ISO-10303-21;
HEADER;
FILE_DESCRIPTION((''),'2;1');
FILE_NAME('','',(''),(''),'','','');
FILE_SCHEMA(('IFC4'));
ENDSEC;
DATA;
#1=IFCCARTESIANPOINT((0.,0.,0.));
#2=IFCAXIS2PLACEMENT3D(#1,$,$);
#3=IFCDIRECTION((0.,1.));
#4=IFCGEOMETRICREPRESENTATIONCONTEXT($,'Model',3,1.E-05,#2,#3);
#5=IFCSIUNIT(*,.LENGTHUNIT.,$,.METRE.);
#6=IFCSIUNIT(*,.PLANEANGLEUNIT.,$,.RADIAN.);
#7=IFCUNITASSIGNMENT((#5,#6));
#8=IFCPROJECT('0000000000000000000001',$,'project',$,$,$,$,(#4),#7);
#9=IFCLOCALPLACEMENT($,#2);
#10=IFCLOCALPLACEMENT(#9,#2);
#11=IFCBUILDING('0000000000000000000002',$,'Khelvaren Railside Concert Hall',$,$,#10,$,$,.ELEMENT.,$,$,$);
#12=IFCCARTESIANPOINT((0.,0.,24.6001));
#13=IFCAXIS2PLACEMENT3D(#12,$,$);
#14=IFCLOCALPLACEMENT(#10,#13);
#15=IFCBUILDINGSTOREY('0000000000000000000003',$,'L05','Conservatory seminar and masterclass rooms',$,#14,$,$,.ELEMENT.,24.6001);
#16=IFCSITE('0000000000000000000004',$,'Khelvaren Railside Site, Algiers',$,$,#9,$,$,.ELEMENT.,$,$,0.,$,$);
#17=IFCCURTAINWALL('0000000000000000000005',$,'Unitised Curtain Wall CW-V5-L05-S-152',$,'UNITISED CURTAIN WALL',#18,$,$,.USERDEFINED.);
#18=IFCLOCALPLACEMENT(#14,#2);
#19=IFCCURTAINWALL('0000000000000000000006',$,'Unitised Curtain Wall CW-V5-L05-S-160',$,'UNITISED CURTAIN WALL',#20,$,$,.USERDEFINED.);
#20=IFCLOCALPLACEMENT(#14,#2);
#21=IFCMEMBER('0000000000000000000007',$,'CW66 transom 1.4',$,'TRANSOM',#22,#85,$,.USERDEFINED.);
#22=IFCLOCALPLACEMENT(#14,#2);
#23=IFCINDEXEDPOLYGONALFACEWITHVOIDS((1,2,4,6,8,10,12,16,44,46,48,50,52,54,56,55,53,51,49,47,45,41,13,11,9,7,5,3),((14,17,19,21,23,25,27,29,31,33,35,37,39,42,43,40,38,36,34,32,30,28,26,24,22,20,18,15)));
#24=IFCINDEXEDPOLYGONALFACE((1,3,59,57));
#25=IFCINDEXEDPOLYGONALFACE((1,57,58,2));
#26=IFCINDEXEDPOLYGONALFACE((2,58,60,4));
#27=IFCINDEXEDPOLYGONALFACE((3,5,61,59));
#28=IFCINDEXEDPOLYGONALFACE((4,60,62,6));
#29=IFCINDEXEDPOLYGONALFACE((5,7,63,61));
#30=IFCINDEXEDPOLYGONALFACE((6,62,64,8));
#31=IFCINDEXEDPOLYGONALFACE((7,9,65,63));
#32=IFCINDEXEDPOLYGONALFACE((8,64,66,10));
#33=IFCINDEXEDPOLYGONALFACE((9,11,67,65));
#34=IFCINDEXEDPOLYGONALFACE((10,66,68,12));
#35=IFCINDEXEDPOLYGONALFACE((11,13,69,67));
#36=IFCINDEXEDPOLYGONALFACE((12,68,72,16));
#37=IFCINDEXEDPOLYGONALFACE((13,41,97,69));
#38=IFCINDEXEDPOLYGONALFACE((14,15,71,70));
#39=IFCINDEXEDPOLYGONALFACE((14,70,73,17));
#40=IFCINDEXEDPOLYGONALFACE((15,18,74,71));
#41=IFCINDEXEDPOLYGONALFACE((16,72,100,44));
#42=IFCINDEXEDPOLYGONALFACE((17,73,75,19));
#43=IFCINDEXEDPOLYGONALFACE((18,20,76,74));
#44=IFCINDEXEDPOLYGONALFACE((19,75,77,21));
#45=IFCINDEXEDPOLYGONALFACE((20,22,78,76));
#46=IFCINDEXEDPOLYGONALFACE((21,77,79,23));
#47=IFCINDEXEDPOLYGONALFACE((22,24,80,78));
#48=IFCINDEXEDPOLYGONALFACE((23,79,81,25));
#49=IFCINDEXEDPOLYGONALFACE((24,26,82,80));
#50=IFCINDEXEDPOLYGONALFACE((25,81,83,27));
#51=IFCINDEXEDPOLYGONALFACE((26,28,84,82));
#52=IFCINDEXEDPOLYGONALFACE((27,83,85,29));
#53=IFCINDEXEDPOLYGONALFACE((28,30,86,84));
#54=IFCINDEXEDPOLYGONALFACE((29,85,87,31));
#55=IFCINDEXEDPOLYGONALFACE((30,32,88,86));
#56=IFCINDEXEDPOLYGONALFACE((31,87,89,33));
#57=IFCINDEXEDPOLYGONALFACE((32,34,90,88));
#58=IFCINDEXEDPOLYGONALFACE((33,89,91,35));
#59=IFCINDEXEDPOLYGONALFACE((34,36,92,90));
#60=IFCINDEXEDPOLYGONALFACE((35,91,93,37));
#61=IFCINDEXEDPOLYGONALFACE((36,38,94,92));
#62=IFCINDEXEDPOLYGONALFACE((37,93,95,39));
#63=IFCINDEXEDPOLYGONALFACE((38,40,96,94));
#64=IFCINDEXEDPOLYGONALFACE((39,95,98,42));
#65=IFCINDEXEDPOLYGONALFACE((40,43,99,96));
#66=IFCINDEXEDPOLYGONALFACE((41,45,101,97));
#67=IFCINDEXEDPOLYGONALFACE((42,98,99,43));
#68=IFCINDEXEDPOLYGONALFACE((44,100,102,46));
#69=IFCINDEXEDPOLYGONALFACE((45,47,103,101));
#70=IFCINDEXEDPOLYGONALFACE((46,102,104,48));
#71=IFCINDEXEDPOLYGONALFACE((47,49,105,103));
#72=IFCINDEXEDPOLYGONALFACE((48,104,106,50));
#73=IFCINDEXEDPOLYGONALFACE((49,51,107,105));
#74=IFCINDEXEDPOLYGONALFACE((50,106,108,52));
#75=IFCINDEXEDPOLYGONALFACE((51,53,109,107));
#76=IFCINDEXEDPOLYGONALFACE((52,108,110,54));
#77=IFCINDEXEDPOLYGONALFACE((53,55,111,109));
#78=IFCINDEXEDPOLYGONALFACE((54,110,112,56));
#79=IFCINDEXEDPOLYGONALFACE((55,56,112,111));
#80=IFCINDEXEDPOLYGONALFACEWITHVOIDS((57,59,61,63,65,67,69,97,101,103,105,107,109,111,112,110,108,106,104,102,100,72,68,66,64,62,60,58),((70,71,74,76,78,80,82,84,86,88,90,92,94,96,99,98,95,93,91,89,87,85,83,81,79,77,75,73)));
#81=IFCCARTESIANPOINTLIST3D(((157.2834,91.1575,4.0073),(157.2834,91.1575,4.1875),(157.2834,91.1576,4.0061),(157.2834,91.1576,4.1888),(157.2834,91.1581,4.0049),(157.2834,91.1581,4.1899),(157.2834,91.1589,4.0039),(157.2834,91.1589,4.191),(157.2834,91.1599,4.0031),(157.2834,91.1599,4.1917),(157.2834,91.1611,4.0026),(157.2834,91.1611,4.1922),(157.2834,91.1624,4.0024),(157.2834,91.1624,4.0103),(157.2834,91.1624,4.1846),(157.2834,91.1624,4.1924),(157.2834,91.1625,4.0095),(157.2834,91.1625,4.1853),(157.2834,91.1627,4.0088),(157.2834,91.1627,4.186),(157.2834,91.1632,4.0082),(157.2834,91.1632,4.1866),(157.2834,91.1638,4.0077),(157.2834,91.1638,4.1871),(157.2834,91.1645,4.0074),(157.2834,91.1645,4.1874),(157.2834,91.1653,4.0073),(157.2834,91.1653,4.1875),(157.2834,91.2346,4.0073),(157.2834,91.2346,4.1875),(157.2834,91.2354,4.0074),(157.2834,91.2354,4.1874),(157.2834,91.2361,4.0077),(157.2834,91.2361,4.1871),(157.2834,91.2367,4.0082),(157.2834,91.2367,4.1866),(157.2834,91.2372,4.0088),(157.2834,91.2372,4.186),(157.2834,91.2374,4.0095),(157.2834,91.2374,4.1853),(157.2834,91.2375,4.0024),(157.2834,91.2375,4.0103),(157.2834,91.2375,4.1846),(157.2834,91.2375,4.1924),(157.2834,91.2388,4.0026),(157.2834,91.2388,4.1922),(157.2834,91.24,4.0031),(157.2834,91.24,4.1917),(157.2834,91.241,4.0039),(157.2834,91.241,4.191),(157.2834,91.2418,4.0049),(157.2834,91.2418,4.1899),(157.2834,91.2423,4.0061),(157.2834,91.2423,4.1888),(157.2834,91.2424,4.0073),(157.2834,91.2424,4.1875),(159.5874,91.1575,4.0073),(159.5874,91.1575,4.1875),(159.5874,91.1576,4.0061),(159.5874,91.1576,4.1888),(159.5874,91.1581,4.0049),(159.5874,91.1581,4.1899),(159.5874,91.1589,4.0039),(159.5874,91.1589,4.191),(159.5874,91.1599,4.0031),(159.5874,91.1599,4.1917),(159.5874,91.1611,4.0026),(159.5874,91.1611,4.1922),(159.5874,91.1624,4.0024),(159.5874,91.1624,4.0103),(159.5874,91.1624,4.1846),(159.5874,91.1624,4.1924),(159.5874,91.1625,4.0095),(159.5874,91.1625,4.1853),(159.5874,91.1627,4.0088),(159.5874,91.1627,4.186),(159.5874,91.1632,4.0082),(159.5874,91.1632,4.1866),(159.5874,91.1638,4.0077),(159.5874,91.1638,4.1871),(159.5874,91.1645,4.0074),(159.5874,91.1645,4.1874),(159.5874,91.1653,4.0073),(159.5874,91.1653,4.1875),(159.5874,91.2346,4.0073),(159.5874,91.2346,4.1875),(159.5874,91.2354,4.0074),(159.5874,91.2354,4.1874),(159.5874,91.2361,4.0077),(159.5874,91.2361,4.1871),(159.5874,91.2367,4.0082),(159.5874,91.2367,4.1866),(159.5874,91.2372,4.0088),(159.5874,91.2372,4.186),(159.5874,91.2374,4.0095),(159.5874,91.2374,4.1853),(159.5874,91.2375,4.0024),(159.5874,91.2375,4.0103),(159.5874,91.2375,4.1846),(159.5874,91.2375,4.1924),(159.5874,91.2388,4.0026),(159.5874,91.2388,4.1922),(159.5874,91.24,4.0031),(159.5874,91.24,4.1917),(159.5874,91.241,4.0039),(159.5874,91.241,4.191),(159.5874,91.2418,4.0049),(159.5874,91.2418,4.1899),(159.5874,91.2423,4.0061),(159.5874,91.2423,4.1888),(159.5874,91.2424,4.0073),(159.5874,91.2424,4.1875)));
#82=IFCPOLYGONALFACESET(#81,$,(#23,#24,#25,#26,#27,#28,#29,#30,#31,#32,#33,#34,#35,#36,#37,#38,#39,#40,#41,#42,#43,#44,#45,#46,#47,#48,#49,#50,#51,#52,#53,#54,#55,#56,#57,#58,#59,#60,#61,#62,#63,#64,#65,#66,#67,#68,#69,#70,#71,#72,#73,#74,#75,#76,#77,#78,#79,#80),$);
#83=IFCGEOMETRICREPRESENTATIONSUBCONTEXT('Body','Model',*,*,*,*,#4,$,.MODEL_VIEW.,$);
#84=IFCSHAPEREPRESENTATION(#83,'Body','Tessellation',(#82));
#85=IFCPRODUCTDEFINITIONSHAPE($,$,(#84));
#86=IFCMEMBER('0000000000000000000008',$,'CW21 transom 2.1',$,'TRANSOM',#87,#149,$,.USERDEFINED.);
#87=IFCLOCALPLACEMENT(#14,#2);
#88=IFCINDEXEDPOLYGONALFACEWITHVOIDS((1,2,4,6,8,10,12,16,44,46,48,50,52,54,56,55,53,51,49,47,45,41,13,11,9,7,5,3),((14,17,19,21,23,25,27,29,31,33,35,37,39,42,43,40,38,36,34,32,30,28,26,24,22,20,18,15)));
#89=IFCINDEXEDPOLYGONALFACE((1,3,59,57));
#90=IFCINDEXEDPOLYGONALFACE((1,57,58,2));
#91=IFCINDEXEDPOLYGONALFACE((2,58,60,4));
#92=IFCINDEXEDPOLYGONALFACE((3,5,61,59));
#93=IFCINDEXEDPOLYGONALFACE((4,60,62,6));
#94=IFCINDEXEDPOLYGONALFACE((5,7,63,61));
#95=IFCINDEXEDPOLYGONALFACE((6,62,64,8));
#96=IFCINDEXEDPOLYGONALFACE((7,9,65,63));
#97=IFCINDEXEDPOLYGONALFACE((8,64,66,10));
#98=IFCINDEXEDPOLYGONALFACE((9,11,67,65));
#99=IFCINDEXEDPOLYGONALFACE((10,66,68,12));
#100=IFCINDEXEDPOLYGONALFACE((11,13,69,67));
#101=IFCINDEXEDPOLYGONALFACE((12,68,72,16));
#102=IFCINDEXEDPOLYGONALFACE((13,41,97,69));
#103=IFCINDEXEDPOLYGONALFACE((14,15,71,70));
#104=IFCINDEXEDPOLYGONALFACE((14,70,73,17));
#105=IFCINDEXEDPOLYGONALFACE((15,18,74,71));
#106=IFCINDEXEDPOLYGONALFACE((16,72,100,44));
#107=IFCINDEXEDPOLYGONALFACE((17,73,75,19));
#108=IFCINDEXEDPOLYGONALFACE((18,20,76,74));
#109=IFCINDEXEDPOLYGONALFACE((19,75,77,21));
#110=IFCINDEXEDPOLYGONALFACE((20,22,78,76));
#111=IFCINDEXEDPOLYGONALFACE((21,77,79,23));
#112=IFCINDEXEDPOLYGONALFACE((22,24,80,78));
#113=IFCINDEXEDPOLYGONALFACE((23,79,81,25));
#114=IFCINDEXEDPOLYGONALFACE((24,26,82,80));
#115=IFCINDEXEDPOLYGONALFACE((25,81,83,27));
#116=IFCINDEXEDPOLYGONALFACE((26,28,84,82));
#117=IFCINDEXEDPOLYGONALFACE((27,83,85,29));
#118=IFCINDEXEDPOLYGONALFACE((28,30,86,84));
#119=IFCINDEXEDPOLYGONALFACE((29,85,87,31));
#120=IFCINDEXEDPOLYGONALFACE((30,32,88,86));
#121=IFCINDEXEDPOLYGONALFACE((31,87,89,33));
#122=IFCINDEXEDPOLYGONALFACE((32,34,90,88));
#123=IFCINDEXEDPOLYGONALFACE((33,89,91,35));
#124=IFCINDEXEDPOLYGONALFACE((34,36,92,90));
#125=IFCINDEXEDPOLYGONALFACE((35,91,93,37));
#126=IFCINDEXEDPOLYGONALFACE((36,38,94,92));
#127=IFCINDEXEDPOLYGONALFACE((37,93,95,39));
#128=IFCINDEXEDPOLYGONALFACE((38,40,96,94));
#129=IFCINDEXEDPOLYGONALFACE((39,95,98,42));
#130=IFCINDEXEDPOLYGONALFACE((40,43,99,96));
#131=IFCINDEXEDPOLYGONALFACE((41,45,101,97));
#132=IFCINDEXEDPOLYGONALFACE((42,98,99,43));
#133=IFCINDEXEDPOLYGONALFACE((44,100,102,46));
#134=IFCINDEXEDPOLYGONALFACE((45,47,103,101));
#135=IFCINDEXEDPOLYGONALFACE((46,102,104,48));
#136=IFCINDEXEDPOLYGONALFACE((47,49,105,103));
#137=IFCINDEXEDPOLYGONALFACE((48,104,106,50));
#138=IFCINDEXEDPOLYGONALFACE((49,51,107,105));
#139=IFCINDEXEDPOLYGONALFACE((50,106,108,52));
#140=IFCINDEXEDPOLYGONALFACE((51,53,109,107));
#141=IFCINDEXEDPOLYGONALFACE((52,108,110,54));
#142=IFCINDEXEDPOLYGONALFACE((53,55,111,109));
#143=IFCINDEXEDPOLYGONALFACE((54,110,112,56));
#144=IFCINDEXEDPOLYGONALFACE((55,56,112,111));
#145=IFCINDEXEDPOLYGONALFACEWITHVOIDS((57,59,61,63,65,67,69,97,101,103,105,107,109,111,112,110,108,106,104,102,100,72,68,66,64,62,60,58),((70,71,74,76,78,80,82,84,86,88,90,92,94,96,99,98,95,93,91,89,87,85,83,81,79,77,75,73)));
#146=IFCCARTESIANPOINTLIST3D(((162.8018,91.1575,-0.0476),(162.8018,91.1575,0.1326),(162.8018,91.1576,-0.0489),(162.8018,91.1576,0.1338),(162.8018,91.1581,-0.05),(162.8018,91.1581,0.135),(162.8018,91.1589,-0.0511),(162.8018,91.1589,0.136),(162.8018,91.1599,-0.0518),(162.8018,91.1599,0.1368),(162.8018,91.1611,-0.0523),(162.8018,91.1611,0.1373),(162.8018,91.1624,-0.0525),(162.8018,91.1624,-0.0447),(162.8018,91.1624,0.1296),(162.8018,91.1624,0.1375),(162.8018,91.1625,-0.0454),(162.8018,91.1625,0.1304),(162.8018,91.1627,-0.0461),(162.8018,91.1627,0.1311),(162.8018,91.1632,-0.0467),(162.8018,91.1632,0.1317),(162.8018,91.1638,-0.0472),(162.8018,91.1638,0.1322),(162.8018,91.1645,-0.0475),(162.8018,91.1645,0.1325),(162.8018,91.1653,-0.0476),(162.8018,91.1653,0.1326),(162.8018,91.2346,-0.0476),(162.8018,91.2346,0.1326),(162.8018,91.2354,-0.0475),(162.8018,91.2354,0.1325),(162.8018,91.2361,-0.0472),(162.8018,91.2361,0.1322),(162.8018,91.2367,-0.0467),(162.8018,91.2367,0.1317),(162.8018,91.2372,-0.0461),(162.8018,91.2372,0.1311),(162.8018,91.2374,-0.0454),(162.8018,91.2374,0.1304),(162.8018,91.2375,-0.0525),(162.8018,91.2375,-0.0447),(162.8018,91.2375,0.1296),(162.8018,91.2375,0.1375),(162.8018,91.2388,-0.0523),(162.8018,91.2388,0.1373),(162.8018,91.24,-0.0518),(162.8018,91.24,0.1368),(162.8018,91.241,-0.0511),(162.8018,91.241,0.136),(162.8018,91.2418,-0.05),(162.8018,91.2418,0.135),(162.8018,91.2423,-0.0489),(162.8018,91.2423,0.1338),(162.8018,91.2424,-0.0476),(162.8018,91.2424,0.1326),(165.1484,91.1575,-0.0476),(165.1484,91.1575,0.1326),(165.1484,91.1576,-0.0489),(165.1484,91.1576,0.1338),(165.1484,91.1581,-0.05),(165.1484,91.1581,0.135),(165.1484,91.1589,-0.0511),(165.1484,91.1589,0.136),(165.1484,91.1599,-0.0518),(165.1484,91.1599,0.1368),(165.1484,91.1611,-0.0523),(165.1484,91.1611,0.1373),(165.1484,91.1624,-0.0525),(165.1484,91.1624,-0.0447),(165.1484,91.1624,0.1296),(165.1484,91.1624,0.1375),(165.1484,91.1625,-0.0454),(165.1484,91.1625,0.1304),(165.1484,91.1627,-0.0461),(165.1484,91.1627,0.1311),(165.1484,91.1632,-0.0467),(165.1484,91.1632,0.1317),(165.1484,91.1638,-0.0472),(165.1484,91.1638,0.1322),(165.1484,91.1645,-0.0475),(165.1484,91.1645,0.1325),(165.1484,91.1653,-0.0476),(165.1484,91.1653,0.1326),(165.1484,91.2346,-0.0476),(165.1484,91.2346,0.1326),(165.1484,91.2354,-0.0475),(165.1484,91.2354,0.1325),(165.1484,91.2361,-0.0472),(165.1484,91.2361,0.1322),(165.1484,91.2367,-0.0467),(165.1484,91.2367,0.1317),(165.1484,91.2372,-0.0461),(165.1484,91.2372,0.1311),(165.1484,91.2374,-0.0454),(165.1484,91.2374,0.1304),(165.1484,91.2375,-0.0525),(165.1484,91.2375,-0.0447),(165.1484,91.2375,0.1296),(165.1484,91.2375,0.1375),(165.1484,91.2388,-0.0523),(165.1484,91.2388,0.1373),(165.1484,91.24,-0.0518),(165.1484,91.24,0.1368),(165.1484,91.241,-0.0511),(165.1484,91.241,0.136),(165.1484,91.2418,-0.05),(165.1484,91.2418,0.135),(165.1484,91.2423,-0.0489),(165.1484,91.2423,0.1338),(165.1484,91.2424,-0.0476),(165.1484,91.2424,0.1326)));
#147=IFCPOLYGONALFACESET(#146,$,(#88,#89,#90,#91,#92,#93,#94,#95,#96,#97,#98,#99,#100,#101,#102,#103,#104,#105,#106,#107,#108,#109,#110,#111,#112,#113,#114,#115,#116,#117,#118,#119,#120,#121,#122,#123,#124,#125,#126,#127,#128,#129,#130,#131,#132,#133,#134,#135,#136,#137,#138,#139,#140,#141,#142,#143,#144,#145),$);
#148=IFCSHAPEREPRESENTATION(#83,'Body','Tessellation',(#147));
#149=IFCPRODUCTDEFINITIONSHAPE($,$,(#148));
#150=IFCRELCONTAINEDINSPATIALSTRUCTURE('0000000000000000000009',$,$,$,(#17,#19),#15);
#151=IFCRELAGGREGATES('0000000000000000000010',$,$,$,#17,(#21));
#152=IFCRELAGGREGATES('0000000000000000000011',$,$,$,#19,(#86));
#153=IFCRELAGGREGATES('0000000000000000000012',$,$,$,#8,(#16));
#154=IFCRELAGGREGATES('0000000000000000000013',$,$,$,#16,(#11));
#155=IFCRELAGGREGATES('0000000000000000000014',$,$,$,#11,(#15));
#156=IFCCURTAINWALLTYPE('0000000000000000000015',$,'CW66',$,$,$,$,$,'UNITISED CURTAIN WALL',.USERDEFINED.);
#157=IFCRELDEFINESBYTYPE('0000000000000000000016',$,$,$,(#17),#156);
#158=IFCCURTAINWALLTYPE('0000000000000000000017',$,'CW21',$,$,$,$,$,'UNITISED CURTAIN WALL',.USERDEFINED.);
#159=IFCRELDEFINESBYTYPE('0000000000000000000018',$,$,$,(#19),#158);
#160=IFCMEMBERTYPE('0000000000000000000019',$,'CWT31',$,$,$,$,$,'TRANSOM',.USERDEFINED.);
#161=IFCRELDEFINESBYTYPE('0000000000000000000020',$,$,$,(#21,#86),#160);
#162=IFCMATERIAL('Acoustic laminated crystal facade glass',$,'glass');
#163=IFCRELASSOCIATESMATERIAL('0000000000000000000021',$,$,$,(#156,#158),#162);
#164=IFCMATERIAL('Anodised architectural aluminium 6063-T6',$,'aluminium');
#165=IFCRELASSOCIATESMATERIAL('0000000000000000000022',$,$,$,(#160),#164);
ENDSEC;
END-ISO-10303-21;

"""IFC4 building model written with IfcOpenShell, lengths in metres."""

from ifc_helpers import new_model, si_unit, direction, frame, origin, origin_2d, place, context, subcontext, project, spatial, hollow_rectangle, extrude, material, material_profile, profile_set, type_object, element, aggregate, save


model = new_model("IFC4")

# Units and contexts
model_context = context("Model", 3, precision=1e-05, world=origin(), true_north=direction((0.0, 1.0)))
body_context = subcontext(model_context, "Body", "Model", "MODEL_VIEW")
ifc_project = project(units=[si_unit("LENGTHUNIT", "METRE"), si_unit("PLANEANGLEUNIT", "RADIAN")], contexts=[model_context])

# Site, building, storey
site_placement = place(None, origin())
site = spatial("IfcSite", under=ifc_project, at=site_placement, Name="Khelvaren Railside Site, Algiers", CompositionType="ELEMENT", RefElevation=0.0)
building_placement = place(site_placement, origin())
building = spatial("IfcBuilding", under=site, at=building_placement, Name="Khelvaren Railside Concert Hall", CompositionType="ELEMENT")
storey_placement = place(building_placement, frame((0.0, 0.0, 24.6001)))
storey = spatial("IfcBuildingStorey", under=building, at=storey_placement, Name="L05", Description="Conservatory seminar and masterclass rooms", CompositionType="ELEMENT", Elevation=24.6001)

# Curtain wall
ifc_material_1 = material(Name="Acoustic laminated crystal facade glass", Category="glass")
curtain_wall_type_1 = type_object("IfcCurtainWallType", Name="CW66", ElementType="UNITISED CURTAIN WALL", PredefinedType="USERDEFINED", material=ifc_material_1)
curtain_wall_1_placement = place(storey_placement, origin())
curtain_wall_1 = element("IfcCurtainWall", 1, at=curtain_wall_1_placement, inside=storey, type_object=curtain_wall_type_1, Name="Unitised Curtain Wall CW-V5-L05-S-152", ObjectType="UNITISED CURTAIN WALL", PredefinedType="USERDEFINED")
ifc_material_2 = material(Name="Anodised architectural aluminium 6063-T6", Category="aluminium")

# Curtain wall
curtain_wall_type_2 = type_object("IfcCurtainWallType", Name="CW21", ElementType="UNITISED CURTAIN WALL", PredefinedType="USERDEFINED", material=ifc_material_1)
curtain_wall_2_placement = place(storey_placement, origin())
curtain_wall_2 = element("IfcCurtainWall", 2, at=curtain_wall_2_placement, inside=storey, type_object=curtain_wall_type_2, Name="Unitised Curtain Wall CW-V5-L05-S-160", ObjectType="UNITISED CURTAIN WALL", PredefinedType="USERDEFINED")

# Members
ifc_material_profile_1 = material_profile(ifc_material_2, hollow_rectangle(XDim=0.085, YDim=0.1899, WallThickness=0.0049, InnerFilletRadius=0.0029, OuterFilletRadius=0.0049, at=origin_2d()), Name="CWT 85x190x5")
ifc_profile_set_1 = profile_set([ifc_material_profile_1], Name="Anodised architectural aluminium 6063-T6")
member_type_1 = type_object("IfcMemberType", Name="CWT31", ElementType="TRANSOM", PredefinedType="USERDEFINED", material=ifc_profile_set_1)
member_1_placement = place(storey_placement, frame((159.5874, 91.2, 4.0974), z_axis=(-1.0, 0.0, 0.0), x_axis=(0.0, -1.0, 0.0)))
member_1 = element("IfcMember", 3, at=member_1_placement, type_object=member_type_1, Name="CW66 transom 1.4", ObjectType="TRANSOM", PredefinedType="USERDEFINED", context=body_context, shape_type="SweptSolid", body=[
    extrude(hollow_rectangle(XDim=0.085, YDim=0.1899, WallThickness=0.0049, InnerFilletRadius=0.0029, OuterFilletRadius=0.0049, at=origin_2d()), origin(), (0.0, 0.0, 1.0), 2.304),
])
aggregate(curtain_wall_1, [member_1])
member_2_placement = place(storey_placement, frame((165.1484, 91.2, 0.0425), z_axis=(-1.0, 0.0, 0.0), x_axis=(0.0, -1.0, 0.0)))
member_2 = element("IfcMember", 4, at=member_2_placement, type_object=member_type_1, Name="CW21 transom 2.1", ObjectType="TRANSOM", PredefinedType="USERDEFINED", context=body_context, shape_type="SweptSolid", body=[
    extrude(hollow_rectangle(XDim=0.085, YDim=0.1899, WallThickness=0.0049, InnerFilletRadius=0.0029, OuterFilletRadius=0.0049, at=origin_2d()), origin(), (0.0, 0.0, 1.0), 2.3467),
])

aggregate(curtain_wall_2, [member_2])

save(model, "model.ifc")
